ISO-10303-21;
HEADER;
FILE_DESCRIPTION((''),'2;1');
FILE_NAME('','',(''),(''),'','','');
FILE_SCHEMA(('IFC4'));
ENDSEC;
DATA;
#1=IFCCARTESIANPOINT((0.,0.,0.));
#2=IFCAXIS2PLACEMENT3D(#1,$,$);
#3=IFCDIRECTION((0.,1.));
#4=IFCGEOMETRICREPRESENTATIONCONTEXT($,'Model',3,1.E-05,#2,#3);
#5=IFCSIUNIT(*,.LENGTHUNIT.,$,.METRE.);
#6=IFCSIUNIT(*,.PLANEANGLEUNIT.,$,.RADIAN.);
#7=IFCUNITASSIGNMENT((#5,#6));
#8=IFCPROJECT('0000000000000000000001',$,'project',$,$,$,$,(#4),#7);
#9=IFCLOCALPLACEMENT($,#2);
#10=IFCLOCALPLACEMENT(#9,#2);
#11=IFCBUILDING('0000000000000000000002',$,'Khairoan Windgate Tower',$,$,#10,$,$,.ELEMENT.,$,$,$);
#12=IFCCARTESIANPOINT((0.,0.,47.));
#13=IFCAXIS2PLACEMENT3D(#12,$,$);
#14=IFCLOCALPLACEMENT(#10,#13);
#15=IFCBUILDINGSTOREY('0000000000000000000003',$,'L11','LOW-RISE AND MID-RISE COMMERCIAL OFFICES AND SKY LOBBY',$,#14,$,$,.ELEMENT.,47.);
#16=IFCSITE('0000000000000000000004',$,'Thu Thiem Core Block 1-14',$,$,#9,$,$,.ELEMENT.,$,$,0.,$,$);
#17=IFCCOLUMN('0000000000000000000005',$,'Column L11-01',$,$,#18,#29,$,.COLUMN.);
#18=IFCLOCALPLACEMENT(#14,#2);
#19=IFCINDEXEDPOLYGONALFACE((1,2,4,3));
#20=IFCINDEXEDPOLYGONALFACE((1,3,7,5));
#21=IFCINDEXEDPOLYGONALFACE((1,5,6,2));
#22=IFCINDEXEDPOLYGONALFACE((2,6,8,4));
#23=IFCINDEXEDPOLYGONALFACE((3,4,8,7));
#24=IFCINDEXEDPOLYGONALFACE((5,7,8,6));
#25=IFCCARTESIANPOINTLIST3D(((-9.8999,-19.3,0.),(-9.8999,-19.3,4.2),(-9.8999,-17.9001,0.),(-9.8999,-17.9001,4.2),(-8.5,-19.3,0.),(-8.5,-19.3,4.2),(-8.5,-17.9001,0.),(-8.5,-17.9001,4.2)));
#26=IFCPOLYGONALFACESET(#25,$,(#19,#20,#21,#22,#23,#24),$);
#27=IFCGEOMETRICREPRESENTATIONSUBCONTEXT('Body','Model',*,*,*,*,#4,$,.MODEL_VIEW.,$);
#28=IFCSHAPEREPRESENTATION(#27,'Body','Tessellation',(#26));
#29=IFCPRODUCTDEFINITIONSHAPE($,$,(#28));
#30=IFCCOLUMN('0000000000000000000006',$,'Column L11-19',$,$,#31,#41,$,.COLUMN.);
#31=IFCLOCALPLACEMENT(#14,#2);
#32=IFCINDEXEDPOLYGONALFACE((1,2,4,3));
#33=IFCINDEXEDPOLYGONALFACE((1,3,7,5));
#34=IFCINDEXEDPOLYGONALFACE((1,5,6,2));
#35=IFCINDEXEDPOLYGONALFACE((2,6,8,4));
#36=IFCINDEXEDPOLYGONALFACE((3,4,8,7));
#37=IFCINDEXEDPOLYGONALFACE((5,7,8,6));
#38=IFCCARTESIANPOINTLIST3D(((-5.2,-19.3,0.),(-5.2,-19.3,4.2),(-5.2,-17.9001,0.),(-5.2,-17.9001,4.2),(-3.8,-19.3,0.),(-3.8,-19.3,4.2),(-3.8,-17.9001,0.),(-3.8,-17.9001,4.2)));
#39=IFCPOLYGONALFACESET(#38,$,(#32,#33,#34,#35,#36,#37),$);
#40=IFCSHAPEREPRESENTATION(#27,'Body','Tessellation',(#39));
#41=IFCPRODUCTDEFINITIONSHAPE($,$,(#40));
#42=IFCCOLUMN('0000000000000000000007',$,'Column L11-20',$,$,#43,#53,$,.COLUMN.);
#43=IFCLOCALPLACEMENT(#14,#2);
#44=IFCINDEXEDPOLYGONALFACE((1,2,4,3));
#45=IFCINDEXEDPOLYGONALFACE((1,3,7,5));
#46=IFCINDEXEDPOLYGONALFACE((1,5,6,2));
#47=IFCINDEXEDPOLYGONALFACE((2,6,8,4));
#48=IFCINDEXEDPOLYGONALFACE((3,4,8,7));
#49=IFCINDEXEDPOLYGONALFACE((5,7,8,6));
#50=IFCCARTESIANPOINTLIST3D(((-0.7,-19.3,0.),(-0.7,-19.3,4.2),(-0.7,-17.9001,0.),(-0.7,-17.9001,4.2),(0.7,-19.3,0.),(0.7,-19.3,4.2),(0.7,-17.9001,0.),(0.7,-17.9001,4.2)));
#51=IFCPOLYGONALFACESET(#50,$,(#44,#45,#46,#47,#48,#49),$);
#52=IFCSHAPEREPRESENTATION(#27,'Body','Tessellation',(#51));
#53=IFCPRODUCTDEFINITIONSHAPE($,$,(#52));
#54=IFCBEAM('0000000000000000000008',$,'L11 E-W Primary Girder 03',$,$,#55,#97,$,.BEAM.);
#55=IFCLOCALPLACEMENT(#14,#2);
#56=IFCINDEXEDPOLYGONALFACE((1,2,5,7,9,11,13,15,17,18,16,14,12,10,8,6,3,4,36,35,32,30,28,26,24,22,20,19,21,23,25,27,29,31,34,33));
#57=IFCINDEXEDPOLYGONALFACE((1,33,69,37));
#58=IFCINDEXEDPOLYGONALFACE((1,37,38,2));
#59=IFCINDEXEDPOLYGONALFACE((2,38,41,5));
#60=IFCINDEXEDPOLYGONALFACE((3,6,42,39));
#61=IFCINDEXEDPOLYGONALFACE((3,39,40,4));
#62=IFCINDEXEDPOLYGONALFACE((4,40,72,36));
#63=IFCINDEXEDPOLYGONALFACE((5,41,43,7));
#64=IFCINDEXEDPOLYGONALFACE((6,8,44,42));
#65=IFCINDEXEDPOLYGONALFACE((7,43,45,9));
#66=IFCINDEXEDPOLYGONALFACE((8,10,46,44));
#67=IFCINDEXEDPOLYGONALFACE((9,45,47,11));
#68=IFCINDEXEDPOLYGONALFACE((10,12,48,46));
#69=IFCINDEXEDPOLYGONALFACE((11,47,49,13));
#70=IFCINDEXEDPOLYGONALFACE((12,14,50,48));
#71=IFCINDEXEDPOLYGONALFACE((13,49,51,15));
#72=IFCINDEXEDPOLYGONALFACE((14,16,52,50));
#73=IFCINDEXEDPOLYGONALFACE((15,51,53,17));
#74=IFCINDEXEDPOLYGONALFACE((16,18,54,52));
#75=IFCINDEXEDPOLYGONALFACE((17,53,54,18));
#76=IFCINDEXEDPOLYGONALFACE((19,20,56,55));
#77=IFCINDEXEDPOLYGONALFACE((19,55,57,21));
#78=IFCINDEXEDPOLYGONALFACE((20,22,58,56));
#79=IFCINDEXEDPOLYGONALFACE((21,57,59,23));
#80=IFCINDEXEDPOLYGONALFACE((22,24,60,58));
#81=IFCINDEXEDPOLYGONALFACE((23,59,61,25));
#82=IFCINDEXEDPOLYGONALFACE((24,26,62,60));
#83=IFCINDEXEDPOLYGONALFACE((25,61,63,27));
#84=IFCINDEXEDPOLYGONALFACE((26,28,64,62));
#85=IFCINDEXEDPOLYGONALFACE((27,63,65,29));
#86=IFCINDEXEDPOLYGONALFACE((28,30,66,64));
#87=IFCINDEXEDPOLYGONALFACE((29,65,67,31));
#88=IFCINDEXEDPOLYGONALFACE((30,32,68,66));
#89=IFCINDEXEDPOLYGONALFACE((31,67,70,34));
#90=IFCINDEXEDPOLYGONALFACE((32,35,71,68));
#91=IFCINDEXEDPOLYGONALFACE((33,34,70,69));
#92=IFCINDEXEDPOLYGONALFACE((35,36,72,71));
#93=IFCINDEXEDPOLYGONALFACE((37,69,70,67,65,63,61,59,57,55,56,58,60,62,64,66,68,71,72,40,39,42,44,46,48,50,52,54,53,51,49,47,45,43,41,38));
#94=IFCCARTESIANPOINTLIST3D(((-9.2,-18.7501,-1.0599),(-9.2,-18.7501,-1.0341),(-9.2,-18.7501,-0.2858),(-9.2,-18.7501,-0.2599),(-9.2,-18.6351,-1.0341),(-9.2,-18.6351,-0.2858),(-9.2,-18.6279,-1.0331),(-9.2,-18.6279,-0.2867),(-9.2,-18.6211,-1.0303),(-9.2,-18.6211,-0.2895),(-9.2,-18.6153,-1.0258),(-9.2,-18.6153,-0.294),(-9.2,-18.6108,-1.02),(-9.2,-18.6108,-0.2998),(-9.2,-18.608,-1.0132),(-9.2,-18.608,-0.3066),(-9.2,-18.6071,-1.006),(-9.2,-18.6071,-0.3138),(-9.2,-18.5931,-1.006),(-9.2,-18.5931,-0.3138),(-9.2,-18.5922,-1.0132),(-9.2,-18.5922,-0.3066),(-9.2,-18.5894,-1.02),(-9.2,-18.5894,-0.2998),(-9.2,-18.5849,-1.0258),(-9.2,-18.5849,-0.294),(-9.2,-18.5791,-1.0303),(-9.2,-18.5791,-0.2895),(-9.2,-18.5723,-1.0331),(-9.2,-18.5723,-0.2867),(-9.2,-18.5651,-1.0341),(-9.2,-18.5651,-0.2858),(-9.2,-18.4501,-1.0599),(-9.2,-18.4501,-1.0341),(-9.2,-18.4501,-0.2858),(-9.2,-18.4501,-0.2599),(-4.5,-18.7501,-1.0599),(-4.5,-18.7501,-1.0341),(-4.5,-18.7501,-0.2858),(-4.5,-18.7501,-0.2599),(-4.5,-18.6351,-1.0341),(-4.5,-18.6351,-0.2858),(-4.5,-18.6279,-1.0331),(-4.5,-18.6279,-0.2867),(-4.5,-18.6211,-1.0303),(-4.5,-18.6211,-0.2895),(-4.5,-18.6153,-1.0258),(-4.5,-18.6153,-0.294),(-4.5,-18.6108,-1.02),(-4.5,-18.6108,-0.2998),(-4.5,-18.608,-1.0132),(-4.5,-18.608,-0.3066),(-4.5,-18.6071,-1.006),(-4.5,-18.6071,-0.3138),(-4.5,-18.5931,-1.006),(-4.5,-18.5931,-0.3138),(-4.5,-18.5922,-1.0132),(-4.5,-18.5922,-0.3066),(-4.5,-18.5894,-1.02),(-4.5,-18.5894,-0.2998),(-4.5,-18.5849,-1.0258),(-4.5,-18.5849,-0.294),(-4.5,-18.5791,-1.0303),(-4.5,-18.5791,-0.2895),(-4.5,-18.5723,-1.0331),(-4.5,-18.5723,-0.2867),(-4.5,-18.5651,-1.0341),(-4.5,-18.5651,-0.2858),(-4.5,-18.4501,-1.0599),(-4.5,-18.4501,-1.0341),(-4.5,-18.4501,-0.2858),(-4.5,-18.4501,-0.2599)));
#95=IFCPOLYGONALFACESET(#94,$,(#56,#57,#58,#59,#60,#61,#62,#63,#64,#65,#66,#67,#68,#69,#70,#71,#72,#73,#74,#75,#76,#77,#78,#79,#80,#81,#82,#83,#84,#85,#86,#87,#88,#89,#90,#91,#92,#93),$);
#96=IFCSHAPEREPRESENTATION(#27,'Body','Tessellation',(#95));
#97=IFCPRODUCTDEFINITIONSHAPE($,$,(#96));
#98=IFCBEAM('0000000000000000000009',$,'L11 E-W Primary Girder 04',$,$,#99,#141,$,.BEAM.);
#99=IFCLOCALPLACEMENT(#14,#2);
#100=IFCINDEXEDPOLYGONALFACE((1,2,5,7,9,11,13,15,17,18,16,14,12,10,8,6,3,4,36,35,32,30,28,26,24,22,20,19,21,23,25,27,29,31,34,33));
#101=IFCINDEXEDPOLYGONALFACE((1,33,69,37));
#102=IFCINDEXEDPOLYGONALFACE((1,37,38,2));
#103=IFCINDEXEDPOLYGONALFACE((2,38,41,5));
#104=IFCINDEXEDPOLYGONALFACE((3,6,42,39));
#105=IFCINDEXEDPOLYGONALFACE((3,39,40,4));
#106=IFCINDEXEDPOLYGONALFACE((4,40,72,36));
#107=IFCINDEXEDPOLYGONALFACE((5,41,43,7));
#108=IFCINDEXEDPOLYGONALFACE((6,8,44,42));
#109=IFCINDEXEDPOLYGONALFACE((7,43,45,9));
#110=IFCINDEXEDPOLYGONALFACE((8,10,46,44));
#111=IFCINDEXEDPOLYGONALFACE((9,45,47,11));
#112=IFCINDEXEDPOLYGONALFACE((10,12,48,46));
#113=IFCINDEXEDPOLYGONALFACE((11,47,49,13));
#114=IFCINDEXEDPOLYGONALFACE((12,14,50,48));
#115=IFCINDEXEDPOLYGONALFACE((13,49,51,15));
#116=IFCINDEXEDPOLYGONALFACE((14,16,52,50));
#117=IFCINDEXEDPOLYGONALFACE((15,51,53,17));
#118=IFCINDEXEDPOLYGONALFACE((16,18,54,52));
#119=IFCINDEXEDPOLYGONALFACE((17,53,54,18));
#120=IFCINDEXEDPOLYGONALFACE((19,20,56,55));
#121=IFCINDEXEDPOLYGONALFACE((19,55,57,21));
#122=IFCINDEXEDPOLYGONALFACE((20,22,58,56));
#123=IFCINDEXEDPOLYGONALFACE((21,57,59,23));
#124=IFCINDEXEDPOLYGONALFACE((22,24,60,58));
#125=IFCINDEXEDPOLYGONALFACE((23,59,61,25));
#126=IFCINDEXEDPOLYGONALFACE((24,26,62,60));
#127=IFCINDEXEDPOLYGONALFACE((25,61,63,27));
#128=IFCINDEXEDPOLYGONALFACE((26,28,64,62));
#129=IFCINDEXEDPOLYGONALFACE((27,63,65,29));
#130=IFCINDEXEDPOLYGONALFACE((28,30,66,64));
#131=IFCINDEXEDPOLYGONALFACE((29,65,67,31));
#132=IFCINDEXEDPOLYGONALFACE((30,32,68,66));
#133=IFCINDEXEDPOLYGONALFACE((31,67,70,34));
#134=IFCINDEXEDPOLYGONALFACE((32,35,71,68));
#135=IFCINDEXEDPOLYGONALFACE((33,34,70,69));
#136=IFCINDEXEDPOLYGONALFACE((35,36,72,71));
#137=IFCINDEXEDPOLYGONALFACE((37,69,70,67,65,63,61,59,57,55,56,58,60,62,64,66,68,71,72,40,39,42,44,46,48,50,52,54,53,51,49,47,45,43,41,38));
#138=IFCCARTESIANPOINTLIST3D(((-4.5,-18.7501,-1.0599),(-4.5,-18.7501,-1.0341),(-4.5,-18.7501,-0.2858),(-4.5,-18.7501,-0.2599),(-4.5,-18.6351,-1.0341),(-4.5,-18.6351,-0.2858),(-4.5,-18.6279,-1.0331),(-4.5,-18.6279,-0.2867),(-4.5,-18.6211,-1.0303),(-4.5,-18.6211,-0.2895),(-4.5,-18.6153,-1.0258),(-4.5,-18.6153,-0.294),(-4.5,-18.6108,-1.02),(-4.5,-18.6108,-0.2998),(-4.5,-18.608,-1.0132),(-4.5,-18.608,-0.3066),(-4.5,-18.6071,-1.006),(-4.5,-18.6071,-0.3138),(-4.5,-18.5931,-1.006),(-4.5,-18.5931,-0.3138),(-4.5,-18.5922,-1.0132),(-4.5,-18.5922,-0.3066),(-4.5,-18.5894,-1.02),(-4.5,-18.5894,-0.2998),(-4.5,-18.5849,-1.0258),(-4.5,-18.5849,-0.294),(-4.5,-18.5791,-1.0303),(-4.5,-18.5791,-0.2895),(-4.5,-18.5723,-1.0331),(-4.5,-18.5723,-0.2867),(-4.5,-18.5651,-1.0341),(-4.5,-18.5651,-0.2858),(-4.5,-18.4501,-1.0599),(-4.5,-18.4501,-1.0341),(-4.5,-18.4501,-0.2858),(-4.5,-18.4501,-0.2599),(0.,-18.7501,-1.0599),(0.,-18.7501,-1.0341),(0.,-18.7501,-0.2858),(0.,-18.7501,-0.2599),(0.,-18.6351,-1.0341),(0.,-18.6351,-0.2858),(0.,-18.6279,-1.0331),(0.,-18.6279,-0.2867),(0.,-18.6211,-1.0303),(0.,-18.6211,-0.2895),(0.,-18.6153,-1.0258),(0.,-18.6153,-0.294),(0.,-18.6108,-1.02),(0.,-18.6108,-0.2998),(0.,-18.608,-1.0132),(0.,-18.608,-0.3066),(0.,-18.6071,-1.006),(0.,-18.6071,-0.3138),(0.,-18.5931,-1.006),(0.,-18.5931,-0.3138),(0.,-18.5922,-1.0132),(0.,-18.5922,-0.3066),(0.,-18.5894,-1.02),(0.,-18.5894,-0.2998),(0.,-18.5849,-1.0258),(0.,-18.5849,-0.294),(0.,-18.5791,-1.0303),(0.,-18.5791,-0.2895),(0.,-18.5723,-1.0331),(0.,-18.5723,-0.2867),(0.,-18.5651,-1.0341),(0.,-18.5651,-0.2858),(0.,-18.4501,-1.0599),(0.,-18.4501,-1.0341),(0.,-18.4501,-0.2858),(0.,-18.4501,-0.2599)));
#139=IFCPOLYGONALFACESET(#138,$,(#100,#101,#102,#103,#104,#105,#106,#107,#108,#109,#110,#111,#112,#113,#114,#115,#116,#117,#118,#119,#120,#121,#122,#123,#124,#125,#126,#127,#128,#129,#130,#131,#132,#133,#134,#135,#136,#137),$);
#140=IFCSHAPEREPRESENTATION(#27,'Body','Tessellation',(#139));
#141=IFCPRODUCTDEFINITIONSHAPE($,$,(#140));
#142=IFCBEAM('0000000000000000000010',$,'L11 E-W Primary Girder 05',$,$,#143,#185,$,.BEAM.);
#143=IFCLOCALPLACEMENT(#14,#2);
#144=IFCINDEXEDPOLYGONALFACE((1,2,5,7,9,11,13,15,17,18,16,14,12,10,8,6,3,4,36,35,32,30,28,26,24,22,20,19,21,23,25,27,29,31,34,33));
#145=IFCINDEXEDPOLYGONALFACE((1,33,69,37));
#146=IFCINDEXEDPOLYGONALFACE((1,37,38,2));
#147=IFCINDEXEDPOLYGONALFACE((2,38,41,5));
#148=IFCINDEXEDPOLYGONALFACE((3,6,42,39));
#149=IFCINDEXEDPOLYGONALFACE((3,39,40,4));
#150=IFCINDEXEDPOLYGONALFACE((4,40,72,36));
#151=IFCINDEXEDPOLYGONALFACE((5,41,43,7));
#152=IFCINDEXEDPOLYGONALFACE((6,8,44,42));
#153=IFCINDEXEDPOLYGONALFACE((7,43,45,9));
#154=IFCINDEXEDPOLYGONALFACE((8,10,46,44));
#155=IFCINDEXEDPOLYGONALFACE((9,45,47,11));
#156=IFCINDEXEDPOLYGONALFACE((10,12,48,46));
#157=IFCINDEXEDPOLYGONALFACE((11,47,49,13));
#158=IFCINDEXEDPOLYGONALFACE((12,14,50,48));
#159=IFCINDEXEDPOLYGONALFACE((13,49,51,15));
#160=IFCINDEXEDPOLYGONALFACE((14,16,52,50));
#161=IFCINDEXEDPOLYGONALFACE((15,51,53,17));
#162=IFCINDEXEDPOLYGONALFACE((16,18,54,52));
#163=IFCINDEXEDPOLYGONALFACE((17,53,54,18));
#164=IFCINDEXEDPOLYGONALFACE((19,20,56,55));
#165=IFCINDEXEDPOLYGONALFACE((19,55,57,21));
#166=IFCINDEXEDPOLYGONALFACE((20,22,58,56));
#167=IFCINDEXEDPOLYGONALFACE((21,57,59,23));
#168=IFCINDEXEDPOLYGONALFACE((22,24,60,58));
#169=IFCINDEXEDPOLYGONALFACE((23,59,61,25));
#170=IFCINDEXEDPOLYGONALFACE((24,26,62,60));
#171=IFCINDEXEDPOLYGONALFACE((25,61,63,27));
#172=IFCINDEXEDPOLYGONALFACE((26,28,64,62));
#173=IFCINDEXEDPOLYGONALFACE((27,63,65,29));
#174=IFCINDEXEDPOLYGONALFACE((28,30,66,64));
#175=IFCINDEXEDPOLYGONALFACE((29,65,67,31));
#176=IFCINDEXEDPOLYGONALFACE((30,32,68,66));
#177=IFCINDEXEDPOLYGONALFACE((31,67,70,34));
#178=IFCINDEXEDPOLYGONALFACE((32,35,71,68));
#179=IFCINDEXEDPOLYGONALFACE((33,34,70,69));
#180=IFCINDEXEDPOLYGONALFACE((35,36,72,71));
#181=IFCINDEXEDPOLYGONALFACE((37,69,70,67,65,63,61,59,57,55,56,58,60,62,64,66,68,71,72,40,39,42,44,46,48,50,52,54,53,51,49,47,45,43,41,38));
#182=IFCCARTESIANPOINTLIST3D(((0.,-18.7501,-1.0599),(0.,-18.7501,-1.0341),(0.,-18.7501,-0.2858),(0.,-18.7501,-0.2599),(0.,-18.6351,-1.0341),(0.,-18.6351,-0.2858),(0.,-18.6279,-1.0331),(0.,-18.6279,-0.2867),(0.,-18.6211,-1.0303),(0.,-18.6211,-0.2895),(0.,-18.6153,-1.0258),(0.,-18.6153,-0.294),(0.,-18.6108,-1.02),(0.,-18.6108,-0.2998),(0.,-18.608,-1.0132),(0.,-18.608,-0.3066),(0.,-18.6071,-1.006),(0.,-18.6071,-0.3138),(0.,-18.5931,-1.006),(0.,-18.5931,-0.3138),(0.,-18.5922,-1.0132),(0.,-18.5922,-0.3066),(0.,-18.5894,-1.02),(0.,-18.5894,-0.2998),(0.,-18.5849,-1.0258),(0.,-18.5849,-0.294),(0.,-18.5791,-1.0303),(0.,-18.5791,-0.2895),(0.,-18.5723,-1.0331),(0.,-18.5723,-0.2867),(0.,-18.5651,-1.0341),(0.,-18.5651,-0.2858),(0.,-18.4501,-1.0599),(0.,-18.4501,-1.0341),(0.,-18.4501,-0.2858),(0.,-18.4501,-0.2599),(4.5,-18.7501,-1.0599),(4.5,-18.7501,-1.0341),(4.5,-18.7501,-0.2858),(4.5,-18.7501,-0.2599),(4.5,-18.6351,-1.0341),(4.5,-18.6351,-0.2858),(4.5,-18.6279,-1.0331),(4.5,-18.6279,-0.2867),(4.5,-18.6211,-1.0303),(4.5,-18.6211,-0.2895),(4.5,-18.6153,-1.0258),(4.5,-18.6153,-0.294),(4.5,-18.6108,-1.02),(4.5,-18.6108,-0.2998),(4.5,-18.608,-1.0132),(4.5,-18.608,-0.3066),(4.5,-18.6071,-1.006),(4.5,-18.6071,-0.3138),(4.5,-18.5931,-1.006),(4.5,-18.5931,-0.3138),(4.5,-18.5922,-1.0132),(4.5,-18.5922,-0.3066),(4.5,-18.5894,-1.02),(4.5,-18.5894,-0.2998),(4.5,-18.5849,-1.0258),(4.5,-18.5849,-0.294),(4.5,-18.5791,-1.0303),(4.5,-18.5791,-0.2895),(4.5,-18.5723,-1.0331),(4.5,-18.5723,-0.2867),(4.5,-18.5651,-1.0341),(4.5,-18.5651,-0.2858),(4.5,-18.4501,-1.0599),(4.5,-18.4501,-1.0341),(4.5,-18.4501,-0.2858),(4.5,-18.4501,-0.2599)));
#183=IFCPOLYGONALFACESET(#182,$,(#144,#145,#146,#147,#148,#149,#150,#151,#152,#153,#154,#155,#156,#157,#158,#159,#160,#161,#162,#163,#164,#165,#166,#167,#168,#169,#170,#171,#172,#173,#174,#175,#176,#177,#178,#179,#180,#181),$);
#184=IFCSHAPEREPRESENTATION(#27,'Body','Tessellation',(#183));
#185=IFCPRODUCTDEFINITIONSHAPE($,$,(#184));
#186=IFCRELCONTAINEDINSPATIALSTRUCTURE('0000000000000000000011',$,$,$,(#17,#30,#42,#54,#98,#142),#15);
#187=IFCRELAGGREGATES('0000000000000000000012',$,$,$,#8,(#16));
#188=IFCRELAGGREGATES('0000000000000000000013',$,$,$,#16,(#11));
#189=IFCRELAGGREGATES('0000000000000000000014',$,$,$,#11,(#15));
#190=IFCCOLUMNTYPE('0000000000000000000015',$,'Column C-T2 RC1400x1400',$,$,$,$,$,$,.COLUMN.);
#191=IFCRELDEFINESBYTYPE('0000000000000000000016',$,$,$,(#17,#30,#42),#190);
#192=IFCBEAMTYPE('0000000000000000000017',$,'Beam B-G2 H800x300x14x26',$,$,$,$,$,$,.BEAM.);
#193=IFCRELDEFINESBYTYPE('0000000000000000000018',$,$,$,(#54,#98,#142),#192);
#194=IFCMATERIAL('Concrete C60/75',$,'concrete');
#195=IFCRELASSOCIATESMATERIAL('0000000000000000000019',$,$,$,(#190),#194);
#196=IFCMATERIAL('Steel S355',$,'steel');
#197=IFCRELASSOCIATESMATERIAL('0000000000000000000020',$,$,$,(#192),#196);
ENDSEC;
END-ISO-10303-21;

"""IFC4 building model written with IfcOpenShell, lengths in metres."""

from ifc_helpers import new_model, si_unit, direction, frame, origin, origin_2d, place, context, subcontext, project, spatial, rectangle, i_section, extrude, material, material_profile, profile_set, type_object, element, save


model = new_model("IFC4")

# Units and contexts
model_context = context("Model", 3, precision=1e-05, world=origin(), true_north=direction((0.0, 1.0)))
body_context = subcontext(model_context, "Body", "Model", "MODEL_VIEW")
ifc_project = project(units=[si_unit("LENGTHUNIT", "METRE"), si_unit("PLANEANGLEUNIT", "RADIAN")], contexts=[model_context])

# Site, building, storey
site_placement = place(None, origin())
site = spatial("IfcSite", under=ifc_project, at=site_placement, Name="Thu Thiem Core Block 1-14", CompositionType="ELEMENT", RefElevation=0.0)
building_placement = place(site_placement, origin())
building = spatial("IfcBuilding", under=site, at=building_placement, Name="Khairoan Windgate Tower", CompositionType="ELEMENT")
storey_placement = place(building_placement, frame((0.0, 0.0, 47.0)))
storey = spatial("IfcBuildingStorey", under=building, at=storey_placement, Name="L11", Description="LOW-RISE AND MID-RISE COMMERCIAL OFFICES AND SKY LOBBY", CompositionType="ELEMENT", Elevation=47.0)

# Columns
ifc_material_1 = material(Name="Concrete C60/75", Category="concrete")
ifc_material_profile_1 = material_profile(ifc_material_1, rectangle(XDim=1.3999, YDim=1.3999, at=origin_2d()))
ifc_profile_set_1 = profile_set([ifc_material_profile_1], Name="Concrete C60/75")
column_type = type_object("IfcColumnType", Name="Column C-T2 RC1400x1400", PredefinedType="COLUMN", material=ifc_profile_set_1)
for number, where, z_axis, x_axis, name in (
    (1, (-9.2, -18.6001, 0.0), (0.0, 0.0, 1.0), (1.0, 0.0, 0.0), "Column L11-01"),
    (2, (-4.5, -18.6001, 0.0), (0.0, 0.0, 1.0), (1.0, 0.0, 0.0), "Column L11-19"),
    (3, (0.0, -18.6001, 0.0), (0.0, 0.0, 1.0), (1.0, 0.0, 0.0), "Column L11-20"),
):
    element("IfcColumn", number, at=place(storey_placement, frame(where, z_axis=z_axis, x_axis=x_axis)), inside=storey, type_object=column_type, Name=name, PredefinedType="COLUMN", context=body_context, shape_type="SweptSolid", body=[
        extrude(rectangle(XDim=1.3999, YDim=1.3999, at=origin_2d()), origin(), (0.0, 0.0, 1.0), 4.2),
    ])

# Beams
ifc_material_2 = material(Name="Steel S355", Category="steel")
ifc_material_profile_2 = material_profile(ifc_material_2, i_section(OverallWidth=0.3, OverallDepth=0.8, WebThickness=0.0139, FlangeThickness=0.0259, FilletRadius=0.0281, at=origin_2d()))
ifc_profile_set_2 = profile_set([ifc_material_profile_2], Name="Steel S355")
beam_type_1 = type_object("IfcBeamType", Name="Beam B-G2 H800x300x14x26", PredefinedType="BEAM", material=ifc_profile_set_2)
beam_1_placement = place(storey_placement, frame((-9.2, -18.6001, -0.6599), z_axis=(1.0, 0.0, 0.0), x_axis=(0.0, 1.0, 0.0)))
element("IfcBeam", 4, at=beam_1_placement, inside=storey, type_object=beam_type_1, Name="L11 E-W Primary Girder 03", PredefinedType="BEAM", context=body_context, shape_type="SweptSolid", body=[
    extrude(i_section(OverallWidth=0.3, OverallDepth=0.8, WebThickness=0.0139, FlangeThickness=0.0259, FilletRadius=0.0281, at=origin_2d()), origin(), (0.0, 0.0, 1.0), 4.7),
])
for number, where, z_axis, x_axis, name in (
    (5, (-4.5, -18.6001, -0.6599), (1.0, 0.0, 0.0), (0.0, 1.0, 0.0), "L11 E-W Primary Girder 04"),
    (6, (0.0, -18.6001, -0.6599), (1.0, 0.0, 0.0), (0.0, 1.0, 0.0), "L11 E-W Primary Girder 05"),
):
    element("IfcBeam", number, at=place(storey_placement, frame(where, z_axis=z_axis, x_axis=x_axis)), inside=storey, type_object=beam_type_1, Name=name, PredefinedType="BEAM", context=body_context, shape_type="SweptSolid", body=[
        extrude(i_section(OverallWidth=0.3, OverallDepth=0.8, WebThickness=0.0139, FlangeThickness=0.0259, FilletRadius=0.0281, at=origin_2d()), origin(), (0.0, 0.0, 1.0), 4.5),
    ])

save(model, "model.ifc")
